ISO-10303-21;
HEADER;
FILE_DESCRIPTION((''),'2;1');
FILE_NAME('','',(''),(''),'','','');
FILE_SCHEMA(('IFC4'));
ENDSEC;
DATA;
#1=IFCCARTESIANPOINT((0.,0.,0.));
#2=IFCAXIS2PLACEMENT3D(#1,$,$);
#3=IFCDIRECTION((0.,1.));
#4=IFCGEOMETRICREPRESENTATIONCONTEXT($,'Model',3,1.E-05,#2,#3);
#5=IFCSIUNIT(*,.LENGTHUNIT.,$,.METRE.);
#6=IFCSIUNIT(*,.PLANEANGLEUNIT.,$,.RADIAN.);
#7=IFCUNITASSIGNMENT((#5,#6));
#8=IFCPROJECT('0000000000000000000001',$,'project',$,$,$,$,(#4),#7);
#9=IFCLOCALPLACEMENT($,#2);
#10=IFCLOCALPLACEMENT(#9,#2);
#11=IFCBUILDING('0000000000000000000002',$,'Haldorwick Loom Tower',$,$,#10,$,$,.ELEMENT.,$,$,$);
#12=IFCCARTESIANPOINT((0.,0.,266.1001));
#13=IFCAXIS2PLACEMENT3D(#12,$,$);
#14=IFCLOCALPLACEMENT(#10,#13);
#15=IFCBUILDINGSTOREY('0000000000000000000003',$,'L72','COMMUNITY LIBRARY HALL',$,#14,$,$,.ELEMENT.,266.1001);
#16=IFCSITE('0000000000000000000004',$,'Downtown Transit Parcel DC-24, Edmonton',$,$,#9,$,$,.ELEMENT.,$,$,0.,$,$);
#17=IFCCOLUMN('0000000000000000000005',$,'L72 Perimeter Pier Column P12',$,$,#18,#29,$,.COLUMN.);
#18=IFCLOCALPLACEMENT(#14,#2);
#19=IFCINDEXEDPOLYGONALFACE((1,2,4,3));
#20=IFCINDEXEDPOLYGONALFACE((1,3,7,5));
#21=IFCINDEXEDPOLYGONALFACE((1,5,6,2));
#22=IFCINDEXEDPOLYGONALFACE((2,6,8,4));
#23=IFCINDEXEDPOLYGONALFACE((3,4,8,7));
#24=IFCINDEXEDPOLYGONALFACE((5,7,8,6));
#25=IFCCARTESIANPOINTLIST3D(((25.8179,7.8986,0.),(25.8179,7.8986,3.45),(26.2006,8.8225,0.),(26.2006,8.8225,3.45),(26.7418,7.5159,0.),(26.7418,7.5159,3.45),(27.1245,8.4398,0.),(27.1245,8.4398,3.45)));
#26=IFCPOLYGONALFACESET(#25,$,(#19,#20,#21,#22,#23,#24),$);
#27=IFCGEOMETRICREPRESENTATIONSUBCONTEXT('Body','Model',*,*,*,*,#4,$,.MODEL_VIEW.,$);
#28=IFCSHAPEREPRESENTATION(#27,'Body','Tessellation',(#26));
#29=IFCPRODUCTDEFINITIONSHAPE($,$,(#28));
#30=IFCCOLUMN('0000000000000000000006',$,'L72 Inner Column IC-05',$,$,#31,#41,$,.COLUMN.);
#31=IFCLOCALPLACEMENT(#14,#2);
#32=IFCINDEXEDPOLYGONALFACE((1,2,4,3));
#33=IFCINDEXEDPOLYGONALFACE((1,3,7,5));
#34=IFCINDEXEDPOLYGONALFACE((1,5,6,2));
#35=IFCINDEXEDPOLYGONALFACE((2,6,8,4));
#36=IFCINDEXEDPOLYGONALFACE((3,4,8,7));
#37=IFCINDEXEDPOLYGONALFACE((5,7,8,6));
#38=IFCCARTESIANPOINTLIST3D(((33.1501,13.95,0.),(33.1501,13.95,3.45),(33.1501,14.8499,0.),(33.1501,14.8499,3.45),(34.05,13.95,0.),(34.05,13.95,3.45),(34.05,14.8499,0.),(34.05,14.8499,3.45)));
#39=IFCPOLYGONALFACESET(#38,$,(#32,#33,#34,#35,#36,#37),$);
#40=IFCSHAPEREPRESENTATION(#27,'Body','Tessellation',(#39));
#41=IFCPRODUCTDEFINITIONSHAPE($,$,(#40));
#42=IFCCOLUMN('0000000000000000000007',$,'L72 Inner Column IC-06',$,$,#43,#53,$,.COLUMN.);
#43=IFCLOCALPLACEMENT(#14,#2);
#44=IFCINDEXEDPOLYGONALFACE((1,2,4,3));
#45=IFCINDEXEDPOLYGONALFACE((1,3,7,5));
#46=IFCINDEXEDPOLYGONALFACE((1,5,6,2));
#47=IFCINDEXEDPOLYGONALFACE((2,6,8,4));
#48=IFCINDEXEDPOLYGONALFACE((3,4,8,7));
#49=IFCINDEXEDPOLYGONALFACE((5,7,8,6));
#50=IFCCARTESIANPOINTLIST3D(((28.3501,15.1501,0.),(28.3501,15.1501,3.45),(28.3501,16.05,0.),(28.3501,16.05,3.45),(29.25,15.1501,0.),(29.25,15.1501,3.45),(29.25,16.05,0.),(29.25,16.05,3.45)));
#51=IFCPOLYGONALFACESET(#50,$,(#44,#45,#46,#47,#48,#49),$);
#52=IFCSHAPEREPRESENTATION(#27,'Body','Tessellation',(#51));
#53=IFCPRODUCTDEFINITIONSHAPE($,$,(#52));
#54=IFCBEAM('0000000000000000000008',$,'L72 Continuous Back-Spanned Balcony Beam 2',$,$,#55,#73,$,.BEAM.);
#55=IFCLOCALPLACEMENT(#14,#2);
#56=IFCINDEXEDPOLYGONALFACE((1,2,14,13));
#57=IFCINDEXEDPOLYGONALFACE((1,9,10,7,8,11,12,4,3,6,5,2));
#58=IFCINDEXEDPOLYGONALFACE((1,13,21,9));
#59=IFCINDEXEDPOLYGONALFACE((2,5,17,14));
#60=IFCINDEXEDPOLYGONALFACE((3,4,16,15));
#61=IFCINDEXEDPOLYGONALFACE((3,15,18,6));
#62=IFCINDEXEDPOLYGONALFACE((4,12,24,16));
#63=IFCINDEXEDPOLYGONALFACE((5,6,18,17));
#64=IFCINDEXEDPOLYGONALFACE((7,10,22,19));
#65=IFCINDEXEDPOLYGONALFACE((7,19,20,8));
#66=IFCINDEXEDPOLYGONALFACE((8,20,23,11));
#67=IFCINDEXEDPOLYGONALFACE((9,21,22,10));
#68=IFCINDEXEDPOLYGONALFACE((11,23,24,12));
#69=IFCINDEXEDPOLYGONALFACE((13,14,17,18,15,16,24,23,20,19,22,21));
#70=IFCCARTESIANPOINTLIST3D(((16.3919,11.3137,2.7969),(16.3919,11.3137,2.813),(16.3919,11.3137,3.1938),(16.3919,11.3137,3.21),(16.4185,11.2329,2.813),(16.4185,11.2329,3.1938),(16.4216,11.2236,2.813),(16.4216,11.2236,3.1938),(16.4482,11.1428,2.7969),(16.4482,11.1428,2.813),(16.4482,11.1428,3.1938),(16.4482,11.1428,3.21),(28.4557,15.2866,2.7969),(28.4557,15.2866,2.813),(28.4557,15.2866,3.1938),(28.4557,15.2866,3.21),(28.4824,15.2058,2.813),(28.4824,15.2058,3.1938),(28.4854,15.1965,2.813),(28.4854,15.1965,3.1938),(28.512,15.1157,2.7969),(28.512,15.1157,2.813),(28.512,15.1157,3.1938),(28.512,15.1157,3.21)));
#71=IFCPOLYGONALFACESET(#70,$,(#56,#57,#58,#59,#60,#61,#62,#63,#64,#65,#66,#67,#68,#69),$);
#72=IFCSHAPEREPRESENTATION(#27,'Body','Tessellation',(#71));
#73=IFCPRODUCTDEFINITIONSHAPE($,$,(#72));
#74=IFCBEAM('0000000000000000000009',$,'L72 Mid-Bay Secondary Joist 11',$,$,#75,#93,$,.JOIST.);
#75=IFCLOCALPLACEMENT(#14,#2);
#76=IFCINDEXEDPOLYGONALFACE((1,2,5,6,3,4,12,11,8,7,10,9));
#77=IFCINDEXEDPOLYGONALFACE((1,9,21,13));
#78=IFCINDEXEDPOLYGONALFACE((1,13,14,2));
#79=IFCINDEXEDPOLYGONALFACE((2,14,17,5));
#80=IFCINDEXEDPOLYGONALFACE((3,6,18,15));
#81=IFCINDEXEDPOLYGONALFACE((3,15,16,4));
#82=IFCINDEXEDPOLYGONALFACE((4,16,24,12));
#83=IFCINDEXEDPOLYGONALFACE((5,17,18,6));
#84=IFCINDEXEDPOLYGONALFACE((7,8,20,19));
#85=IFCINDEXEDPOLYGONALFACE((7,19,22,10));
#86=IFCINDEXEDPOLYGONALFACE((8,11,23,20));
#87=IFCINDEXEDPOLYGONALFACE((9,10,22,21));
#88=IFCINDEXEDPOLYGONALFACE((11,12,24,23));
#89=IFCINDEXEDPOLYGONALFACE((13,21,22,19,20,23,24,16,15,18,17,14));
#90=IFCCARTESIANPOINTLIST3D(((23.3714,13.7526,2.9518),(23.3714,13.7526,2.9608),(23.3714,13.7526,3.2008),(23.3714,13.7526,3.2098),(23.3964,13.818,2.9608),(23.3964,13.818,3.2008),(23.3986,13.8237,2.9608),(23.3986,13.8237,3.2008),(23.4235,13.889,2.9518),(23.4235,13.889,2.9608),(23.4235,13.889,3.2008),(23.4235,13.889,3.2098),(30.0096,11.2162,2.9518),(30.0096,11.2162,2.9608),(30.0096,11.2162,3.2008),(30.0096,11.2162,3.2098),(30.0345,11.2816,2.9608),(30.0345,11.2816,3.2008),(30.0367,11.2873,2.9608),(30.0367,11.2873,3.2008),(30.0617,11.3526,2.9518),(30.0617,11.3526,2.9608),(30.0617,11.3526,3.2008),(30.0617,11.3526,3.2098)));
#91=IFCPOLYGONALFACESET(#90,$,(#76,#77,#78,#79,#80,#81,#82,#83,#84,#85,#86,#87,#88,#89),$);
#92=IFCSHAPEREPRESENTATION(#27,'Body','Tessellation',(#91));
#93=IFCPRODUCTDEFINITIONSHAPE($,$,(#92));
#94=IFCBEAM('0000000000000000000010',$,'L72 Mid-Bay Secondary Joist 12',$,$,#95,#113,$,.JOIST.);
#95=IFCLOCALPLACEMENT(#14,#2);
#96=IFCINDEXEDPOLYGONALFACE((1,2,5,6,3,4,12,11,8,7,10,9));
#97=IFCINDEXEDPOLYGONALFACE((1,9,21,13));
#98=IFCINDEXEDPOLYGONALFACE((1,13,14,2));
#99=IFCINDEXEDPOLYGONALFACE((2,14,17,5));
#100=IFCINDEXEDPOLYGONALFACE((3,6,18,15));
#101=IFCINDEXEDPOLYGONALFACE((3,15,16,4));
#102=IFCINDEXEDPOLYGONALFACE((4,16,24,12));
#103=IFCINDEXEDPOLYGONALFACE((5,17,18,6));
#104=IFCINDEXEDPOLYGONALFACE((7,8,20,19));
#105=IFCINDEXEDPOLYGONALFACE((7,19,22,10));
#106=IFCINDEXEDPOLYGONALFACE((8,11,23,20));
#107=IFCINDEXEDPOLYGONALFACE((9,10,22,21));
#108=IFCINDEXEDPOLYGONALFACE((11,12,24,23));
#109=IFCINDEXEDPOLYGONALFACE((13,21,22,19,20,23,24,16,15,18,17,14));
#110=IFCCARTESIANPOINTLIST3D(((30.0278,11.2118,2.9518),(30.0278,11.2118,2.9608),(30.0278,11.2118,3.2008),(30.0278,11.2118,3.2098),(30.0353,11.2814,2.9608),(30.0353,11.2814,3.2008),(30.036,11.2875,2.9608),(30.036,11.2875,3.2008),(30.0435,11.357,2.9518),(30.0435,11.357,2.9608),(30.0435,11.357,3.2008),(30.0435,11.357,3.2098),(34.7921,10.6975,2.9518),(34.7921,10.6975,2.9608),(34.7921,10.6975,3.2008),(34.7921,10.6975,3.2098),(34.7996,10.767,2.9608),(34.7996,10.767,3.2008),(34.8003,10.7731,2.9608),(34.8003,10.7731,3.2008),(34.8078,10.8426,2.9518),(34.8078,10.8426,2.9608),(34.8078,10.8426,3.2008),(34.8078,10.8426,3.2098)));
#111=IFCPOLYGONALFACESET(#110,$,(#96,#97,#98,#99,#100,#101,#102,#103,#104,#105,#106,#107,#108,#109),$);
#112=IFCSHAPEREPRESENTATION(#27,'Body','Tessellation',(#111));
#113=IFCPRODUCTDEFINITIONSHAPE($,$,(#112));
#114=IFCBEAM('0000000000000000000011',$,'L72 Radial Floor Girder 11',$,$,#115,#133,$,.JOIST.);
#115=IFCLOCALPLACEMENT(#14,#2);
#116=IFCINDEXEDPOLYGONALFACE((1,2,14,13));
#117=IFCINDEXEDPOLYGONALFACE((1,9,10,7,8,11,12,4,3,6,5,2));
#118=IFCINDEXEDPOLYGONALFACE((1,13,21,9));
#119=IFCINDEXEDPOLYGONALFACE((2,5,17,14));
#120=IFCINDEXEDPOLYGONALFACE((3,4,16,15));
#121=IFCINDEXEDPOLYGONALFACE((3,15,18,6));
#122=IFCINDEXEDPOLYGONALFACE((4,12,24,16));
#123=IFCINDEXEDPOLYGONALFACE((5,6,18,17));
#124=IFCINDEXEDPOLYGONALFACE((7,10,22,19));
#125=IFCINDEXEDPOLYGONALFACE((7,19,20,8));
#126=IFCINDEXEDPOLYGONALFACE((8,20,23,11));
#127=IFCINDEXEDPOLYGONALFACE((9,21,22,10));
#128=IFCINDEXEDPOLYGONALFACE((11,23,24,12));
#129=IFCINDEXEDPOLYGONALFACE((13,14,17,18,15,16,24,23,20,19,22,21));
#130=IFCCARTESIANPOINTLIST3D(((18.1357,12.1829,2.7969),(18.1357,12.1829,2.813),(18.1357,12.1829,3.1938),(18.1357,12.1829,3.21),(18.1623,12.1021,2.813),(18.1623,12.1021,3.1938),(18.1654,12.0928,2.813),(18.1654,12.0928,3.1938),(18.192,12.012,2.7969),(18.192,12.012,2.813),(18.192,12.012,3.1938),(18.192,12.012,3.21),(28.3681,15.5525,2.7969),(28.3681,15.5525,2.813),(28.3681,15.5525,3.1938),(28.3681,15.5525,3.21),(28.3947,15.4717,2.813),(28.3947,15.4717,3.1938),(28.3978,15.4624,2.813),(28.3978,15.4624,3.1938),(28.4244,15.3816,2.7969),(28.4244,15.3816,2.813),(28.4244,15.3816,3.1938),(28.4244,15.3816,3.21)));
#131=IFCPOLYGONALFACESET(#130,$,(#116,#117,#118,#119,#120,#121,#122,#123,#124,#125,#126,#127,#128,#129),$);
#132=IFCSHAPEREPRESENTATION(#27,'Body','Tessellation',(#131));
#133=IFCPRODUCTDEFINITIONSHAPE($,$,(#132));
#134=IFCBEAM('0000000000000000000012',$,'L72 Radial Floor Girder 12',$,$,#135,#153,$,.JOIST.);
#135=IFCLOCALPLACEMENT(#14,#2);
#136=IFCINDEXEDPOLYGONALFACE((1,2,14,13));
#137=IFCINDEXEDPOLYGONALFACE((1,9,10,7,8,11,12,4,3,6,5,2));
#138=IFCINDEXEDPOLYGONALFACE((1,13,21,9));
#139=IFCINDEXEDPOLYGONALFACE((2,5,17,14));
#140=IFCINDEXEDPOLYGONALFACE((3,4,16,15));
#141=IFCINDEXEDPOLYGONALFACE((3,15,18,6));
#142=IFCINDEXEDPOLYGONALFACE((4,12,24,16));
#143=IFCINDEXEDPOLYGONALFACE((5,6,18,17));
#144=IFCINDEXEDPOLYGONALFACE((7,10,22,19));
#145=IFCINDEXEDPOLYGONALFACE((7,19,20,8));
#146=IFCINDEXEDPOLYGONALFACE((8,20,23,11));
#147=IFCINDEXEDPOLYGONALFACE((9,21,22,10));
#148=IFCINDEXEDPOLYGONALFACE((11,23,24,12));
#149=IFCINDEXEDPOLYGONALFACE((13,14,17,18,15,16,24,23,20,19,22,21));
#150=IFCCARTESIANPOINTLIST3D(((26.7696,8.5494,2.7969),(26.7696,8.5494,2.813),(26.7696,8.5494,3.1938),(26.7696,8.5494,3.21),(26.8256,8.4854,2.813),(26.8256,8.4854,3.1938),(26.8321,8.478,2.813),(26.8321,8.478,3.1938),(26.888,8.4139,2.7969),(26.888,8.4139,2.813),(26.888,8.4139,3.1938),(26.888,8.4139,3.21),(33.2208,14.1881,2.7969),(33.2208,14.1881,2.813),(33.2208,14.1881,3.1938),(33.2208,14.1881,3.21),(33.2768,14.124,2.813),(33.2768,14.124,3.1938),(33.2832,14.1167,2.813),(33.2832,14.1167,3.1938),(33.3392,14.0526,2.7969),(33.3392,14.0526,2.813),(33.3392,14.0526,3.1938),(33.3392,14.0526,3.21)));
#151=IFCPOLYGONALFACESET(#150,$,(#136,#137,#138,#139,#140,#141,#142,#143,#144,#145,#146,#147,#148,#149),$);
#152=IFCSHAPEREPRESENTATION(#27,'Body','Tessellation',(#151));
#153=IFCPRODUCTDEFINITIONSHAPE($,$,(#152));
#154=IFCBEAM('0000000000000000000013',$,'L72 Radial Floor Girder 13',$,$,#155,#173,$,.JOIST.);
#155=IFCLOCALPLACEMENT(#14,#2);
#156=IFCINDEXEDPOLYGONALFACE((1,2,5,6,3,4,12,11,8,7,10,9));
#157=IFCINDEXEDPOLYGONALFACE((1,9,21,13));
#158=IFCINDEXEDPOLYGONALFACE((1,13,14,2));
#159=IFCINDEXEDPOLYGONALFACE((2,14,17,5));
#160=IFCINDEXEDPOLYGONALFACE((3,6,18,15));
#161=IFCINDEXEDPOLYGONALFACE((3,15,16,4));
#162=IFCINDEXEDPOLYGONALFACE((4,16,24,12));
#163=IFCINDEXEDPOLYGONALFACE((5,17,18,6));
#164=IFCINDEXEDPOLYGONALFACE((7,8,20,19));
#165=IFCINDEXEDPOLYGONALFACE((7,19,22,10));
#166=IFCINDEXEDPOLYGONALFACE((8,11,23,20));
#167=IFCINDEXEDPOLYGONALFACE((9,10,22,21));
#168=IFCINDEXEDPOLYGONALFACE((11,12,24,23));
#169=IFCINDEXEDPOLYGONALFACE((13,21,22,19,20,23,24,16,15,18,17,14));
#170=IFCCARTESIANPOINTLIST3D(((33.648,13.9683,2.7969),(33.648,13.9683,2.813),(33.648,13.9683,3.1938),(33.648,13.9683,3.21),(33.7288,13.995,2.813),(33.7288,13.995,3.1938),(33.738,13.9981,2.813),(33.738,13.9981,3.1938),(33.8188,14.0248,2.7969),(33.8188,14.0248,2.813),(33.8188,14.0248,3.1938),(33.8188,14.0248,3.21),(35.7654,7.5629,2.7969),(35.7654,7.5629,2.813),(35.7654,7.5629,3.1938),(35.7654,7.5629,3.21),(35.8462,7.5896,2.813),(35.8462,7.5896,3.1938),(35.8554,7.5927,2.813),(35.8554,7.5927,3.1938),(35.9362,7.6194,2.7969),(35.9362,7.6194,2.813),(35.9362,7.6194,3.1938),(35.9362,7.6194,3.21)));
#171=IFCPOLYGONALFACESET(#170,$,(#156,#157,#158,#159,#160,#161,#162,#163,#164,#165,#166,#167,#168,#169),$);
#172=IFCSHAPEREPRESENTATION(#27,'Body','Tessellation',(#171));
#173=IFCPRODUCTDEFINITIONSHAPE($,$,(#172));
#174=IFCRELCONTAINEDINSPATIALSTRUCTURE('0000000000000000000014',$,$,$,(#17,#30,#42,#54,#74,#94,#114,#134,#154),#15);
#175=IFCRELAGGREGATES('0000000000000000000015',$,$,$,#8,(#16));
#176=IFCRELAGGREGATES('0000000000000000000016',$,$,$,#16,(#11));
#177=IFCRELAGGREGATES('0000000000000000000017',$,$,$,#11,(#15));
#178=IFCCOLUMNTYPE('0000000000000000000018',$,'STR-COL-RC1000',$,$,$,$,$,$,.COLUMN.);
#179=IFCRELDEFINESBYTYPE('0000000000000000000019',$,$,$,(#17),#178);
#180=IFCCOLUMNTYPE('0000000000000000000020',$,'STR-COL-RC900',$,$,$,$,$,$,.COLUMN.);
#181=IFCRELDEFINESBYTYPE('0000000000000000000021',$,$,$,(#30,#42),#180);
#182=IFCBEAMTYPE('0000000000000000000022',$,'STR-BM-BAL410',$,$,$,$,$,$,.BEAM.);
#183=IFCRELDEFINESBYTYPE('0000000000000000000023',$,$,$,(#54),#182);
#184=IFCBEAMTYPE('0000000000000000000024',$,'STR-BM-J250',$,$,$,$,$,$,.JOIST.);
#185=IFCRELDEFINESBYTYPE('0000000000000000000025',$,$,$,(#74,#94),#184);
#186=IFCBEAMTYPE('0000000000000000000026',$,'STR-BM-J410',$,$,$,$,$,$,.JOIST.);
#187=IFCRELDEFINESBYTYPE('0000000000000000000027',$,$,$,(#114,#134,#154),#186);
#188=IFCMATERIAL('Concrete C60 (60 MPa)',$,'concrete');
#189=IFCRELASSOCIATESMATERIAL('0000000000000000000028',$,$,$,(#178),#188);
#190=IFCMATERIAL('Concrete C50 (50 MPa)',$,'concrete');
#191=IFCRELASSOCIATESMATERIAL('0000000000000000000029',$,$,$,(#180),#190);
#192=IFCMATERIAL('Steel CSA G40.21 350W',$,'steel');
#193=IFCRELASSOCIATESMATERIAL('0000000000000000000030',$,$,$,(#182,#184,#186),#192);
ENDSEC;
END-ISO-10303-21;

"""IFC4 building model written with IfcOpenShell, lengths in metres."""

from ifc_helpers import new_model, si_unit, direction, frame, origin, origin_2d, place, context, subcontext, project, spatial, rectangle, i_section, extrude, material, material_profile, profile_set, type_object, element, save


model = new_model("IFC4")

# Units and contexts
model_context = context("Model", 3, precision=1e-05, world=origin(), true_north=direction((0.0, 1.0)))
body_context = subcontext(model_context, "Body", "Model", "MODEL_VIEW")
ifc_project = project(units=[si_unit("LENGTHUNIT", "METRE"), si_unit("PLANEANGLEUNIT", "RADIAN")], contexts=[model_context])

# Site, building, storey
site_placement = place(None, origin())
site = spatial("IfcSite", under=ifc_project, at=site_placement, Name="Downtown Transit Parcel DC-24, Edmonton", CompositionType="ELEMENT", RefElevation=0.0)
building_placement = place(site_placement, origin())
building = spatial("IfcBuilding", under=site, at=building_placement, Name="Haldorwick Loom Tower", CompositionType="ELEMENT")
storey_placement = place(building_placement, frame((0.0, 0.0, 266.1001)))
storey = spatial("IfcBuildingStorey", under=building, at=storey_placement, Name="L72", Description="COMMUNITY LIBRARY HALL", CompositionType="ELEMENT", Elevation=266.1001)

# Columns
ifc_material_1 = material(Name="Concrete C60 (60 MPa)", Category="concrete")
ifc_material_profile_1 = material_profile(ifc_material_1, rectangle(XDim=1.0, YDim=1.0, at=origin_2d()), Name="RC1000X1000", Category="concrete")
ifc_profile_set_1 = profile_set([ifc_material_profile_1], Name="Concrete C60 (60 MPa)")
column_type_1 = type_object("IfcColumnType", Name="STR-COL-RC1000", PredefinedType="COLUMN", material=ifc_profile_set_1)
column_placement = place(storey_placement, frame((26.4712, 8.1692, 0.0), z_axis=(0.0, 0.0, 1.0), x_axis=(-0.382683, -0.92388, 0.0)))
element("IfcColumn", 1, at=column_placement, inside=storey, type_object=column_type_1, Name="L72 Perimeter Pier Column P12", PredefinedType="COLUMN", context=body_context, shape_type="SweptSolid", body=[
    extrude(rectangle(XDim=1.0, YDim=1.0, at=origin_2d()), origin(), (0.0, 0.0, 1.0), 3.45),
])
ifc_material_2 = material(Name="Concrete C50 (50 MPa)", Category="concrete")
ifc_material_profile_2 = material_profile(ifc_material_2, rectangle(XDim=0.8999, YDim=0.8999, at=origin_2d()), Name="RC900X900", Category="concrete")
ifc_profile_set_2 = profile_set([ifc_material_profile_2], Name="Concrete C50 (50 MPa)")
column_type_2 = type_object("IfcColumnType", Name="STR-COL-RC900", PredefinedType="COLUMN", material=ifc_profile_set_2)
for number, where, z_axis, x_axis, name in (
    (2, (33.6001, 14.3999, 0.0), (0.0, 0.0, 1.0), (1.0, 0.0, 0.0), "L72 Inner Column IC-05"),
    (3, (28.8, 15.6001, 0.0), (0.0, 0.0, 1.0), (1.0, 0.0, 0.0), "L72 Inner Column IC-06"),
):
    element("IfcColumn", number, at=place(storey_placement, frame(where, z_axis=z_axis, x_axis=x_axis)), inside=storey, type_object=column_type_2, Name=name, PredefinedType="COLUMN", context=body_context, shape_type="SweptSolid", body=[
        extrude(rectangle(XDim=0.8999, YDim=0.8999, at=origin_2d()), origin(), (0.0, 0.0, 1.0), 3.45),
    ])

# Beams
ifc_material_3 = material(Name="Steel CSA G40.21 350W", Category="steel")
ifc_material_profile_3 = material_profile(ifc_material_3, i_section(OverallWidth=0.1799, OverallDepth=0.4131, WebThickness=0.0098, FlangeThickness=0.0161, at=origin_2d()), Name="W410X74", Category="steel")
ifc_profile_set_3 = profile_set([ifc_material_profile_3], Name="Steel CSA G40.21 350W")
beam_type_1 = type_object("IfcBeamType", Name="STR-BM-BAL410", PredefinedType="BEAM", material=ifc_profile_set_3)
beam_1_placement = place(storey_placement, frame((28.4839, 15.2012, 3.0034), z_axis=(-0.949819, -0.3128, 0.0), x_axis=(0.3128, -0.949819, 0.0)))
element("IfcBeam", 4, at=beam_1_placement, inside=storey, type_object=beam_type_1, Name="L72 Continuous Back-Spanned Balcony Beam 2", PredefinedType="BEAM", context=body_context, shape_type="SweptSolid", body=[
    extrude(i_section(OverallWidth=0.1799, OverallDepth=0.4131, WebThickness=0.0098, FlangeThickness=0.0161, at=origin_2d()), origin(), (0.0, 0.0, 1.0), 12.7012),
])
ifc_material_profile_4 = material_profile(ifc_material_3, i_section(OverallWidth=0.146, OverallDepth=0.2581, WebThickness=0.0061, FlangeThickness=0.009, at=origin_2d()), Name="W250X33", Category="steel")
ifc_profile_set_4 = profile_set([ifc_material_profile_4], Name="Steel CSA G40.21 350W")
beam_type_2 = type_object("IfcBeamType", Name="STR-BM-J250", PredefinedType="JOIST", material=ifc_profile_set_4)
beam_2_placement = place(storey_placement, frame((23.3975, 13.8208, 3.0808), z_axis=(0.934134, -0.356922, 0.0), x_axis=(0.356922, 0.934134, 0.0)))
element("IfcBeam", 5, at=beam_2_placement, inside=storey, type_object=beam_type_2, Name="L72 Mid-Bay Secondary Joist 11", PredefinedType="JOIST", context=body_context, shape_type="SweptSolid", body=[
    extrude(i_section(OverallWidth=0.146, OverallDepth=0.2581, WebThickness=0.0061, FlangeThickness=0.009, at=origin_2d()), origin(), (0.0, 0.0, 1.0), 7.1062),
])
beam_3_placement = place(storey_placement, frame((30.0356, 11.2844, 3.0808), z_axis=(0.994222, -0.107344, 0.0), x_axis=(0.107344, 0.994222, 0.0)))
element("IfcBeam", 6, at=beam_3_placement, inside=storey, type_object=beam_type_2, Name="L72 Mid-Bay Secondary Joist 12", PredefinedType="JOIST", context=body_context, shape_type="SweptSolid", body=[
    extrude(i_section(OverallWidth=0.146, OverallDepth=0.2581, WebThickness=0.0061, FlangeThickness=0.009, at=origin_2d()), origin(), (0.0, 0.0, 1.0), 4.792),
])
ifc_material_profile_5 = material_profile(ifc_material_3, i_section(OverallWidth=0.1799, OverallDepth=0.4131, WebThickness=0.0098, FlangeThickness=0.0161, at=origin_2d()), Name="W410X74", Category="steel")
ifc_profile_set_5 = profile_set([ifc_material_profile_5], Name="Steel CSA G40.21 350W")
beam_type_3 = type_object("IfcBeamType", Name="STR-BM-J410", PredefinedType="JOIST", material=ifc_profile_set_5)
beam_4_placement = place(storey_placement, frame((28.3962, 15.467, 3.0034), z_axis=(-0.949824, -0.312786, 0.0), x_axis=(0.312786, -0.949824, 0.0)))
element("IfcBeam", 7, at=beam_4_placement, inside=storey, type_object=beam_type_3, Name="L72 Radial Floor Girder 11", PredefinedType="JOIST", context=body_context, shape_type="SweptSolid", body=[
    extrude(i_section(OverallWidth=0.1799, OverallDepth=0.4131, WebThickness=0.0098, FlangeThickness=0.0161, at=origin_2d()), origin(), (0.0, 0.0, 1.0), 10.7729),
])
beam_5_placement = place(storey_placement, frame((33.28, 14.1204, 3.0034), z_axis=(-0.75293, -0.658101, 0.0), x_axis=(0.658101, -0.75293, 0.0)))
element("IfcBeam", 8, at=beam_5_placement, inside=storey, type_object=beam_type_3, Name="L72 Radial Floor Girder 12", PredefinedType="JOIST", context=body_context, shape_type="SweptSolid", body=[
    extrude(i_section(OverallWidth=0.1799, OverallDepth=0.4131, WebThickness=0.0098, FlangeThickness=0.0161, at=origin_2d()), origin(), (0.0, 0.0, 1.0), 8.5681),
])
beam_6_placement = place(storey_placement, frame((33.7334, 13.9966, 3.0034), z_axis=(0.31386, -0.949469, 0.0), x_axis=(0.949469, 0.31386, 0.0)))
element("IfcBeam", 9, at=beam_6_placement, inside=storey, type_object=beam_type_3, Name="L72 Radial Floor Girder 13", PredefinedType="JOIST", context=body_context, shape_type="SweptSolid", body=[
    extrude(i_section(OverallWidth=0.1799, OverallDepth=0.4131, WebThickness=0.0098, FlangeThickness=0.0161, at=origin_2d()), origin(), (0.0, 0.0, 1.0), 6.7463),
])

save(model, "model.ifc")
